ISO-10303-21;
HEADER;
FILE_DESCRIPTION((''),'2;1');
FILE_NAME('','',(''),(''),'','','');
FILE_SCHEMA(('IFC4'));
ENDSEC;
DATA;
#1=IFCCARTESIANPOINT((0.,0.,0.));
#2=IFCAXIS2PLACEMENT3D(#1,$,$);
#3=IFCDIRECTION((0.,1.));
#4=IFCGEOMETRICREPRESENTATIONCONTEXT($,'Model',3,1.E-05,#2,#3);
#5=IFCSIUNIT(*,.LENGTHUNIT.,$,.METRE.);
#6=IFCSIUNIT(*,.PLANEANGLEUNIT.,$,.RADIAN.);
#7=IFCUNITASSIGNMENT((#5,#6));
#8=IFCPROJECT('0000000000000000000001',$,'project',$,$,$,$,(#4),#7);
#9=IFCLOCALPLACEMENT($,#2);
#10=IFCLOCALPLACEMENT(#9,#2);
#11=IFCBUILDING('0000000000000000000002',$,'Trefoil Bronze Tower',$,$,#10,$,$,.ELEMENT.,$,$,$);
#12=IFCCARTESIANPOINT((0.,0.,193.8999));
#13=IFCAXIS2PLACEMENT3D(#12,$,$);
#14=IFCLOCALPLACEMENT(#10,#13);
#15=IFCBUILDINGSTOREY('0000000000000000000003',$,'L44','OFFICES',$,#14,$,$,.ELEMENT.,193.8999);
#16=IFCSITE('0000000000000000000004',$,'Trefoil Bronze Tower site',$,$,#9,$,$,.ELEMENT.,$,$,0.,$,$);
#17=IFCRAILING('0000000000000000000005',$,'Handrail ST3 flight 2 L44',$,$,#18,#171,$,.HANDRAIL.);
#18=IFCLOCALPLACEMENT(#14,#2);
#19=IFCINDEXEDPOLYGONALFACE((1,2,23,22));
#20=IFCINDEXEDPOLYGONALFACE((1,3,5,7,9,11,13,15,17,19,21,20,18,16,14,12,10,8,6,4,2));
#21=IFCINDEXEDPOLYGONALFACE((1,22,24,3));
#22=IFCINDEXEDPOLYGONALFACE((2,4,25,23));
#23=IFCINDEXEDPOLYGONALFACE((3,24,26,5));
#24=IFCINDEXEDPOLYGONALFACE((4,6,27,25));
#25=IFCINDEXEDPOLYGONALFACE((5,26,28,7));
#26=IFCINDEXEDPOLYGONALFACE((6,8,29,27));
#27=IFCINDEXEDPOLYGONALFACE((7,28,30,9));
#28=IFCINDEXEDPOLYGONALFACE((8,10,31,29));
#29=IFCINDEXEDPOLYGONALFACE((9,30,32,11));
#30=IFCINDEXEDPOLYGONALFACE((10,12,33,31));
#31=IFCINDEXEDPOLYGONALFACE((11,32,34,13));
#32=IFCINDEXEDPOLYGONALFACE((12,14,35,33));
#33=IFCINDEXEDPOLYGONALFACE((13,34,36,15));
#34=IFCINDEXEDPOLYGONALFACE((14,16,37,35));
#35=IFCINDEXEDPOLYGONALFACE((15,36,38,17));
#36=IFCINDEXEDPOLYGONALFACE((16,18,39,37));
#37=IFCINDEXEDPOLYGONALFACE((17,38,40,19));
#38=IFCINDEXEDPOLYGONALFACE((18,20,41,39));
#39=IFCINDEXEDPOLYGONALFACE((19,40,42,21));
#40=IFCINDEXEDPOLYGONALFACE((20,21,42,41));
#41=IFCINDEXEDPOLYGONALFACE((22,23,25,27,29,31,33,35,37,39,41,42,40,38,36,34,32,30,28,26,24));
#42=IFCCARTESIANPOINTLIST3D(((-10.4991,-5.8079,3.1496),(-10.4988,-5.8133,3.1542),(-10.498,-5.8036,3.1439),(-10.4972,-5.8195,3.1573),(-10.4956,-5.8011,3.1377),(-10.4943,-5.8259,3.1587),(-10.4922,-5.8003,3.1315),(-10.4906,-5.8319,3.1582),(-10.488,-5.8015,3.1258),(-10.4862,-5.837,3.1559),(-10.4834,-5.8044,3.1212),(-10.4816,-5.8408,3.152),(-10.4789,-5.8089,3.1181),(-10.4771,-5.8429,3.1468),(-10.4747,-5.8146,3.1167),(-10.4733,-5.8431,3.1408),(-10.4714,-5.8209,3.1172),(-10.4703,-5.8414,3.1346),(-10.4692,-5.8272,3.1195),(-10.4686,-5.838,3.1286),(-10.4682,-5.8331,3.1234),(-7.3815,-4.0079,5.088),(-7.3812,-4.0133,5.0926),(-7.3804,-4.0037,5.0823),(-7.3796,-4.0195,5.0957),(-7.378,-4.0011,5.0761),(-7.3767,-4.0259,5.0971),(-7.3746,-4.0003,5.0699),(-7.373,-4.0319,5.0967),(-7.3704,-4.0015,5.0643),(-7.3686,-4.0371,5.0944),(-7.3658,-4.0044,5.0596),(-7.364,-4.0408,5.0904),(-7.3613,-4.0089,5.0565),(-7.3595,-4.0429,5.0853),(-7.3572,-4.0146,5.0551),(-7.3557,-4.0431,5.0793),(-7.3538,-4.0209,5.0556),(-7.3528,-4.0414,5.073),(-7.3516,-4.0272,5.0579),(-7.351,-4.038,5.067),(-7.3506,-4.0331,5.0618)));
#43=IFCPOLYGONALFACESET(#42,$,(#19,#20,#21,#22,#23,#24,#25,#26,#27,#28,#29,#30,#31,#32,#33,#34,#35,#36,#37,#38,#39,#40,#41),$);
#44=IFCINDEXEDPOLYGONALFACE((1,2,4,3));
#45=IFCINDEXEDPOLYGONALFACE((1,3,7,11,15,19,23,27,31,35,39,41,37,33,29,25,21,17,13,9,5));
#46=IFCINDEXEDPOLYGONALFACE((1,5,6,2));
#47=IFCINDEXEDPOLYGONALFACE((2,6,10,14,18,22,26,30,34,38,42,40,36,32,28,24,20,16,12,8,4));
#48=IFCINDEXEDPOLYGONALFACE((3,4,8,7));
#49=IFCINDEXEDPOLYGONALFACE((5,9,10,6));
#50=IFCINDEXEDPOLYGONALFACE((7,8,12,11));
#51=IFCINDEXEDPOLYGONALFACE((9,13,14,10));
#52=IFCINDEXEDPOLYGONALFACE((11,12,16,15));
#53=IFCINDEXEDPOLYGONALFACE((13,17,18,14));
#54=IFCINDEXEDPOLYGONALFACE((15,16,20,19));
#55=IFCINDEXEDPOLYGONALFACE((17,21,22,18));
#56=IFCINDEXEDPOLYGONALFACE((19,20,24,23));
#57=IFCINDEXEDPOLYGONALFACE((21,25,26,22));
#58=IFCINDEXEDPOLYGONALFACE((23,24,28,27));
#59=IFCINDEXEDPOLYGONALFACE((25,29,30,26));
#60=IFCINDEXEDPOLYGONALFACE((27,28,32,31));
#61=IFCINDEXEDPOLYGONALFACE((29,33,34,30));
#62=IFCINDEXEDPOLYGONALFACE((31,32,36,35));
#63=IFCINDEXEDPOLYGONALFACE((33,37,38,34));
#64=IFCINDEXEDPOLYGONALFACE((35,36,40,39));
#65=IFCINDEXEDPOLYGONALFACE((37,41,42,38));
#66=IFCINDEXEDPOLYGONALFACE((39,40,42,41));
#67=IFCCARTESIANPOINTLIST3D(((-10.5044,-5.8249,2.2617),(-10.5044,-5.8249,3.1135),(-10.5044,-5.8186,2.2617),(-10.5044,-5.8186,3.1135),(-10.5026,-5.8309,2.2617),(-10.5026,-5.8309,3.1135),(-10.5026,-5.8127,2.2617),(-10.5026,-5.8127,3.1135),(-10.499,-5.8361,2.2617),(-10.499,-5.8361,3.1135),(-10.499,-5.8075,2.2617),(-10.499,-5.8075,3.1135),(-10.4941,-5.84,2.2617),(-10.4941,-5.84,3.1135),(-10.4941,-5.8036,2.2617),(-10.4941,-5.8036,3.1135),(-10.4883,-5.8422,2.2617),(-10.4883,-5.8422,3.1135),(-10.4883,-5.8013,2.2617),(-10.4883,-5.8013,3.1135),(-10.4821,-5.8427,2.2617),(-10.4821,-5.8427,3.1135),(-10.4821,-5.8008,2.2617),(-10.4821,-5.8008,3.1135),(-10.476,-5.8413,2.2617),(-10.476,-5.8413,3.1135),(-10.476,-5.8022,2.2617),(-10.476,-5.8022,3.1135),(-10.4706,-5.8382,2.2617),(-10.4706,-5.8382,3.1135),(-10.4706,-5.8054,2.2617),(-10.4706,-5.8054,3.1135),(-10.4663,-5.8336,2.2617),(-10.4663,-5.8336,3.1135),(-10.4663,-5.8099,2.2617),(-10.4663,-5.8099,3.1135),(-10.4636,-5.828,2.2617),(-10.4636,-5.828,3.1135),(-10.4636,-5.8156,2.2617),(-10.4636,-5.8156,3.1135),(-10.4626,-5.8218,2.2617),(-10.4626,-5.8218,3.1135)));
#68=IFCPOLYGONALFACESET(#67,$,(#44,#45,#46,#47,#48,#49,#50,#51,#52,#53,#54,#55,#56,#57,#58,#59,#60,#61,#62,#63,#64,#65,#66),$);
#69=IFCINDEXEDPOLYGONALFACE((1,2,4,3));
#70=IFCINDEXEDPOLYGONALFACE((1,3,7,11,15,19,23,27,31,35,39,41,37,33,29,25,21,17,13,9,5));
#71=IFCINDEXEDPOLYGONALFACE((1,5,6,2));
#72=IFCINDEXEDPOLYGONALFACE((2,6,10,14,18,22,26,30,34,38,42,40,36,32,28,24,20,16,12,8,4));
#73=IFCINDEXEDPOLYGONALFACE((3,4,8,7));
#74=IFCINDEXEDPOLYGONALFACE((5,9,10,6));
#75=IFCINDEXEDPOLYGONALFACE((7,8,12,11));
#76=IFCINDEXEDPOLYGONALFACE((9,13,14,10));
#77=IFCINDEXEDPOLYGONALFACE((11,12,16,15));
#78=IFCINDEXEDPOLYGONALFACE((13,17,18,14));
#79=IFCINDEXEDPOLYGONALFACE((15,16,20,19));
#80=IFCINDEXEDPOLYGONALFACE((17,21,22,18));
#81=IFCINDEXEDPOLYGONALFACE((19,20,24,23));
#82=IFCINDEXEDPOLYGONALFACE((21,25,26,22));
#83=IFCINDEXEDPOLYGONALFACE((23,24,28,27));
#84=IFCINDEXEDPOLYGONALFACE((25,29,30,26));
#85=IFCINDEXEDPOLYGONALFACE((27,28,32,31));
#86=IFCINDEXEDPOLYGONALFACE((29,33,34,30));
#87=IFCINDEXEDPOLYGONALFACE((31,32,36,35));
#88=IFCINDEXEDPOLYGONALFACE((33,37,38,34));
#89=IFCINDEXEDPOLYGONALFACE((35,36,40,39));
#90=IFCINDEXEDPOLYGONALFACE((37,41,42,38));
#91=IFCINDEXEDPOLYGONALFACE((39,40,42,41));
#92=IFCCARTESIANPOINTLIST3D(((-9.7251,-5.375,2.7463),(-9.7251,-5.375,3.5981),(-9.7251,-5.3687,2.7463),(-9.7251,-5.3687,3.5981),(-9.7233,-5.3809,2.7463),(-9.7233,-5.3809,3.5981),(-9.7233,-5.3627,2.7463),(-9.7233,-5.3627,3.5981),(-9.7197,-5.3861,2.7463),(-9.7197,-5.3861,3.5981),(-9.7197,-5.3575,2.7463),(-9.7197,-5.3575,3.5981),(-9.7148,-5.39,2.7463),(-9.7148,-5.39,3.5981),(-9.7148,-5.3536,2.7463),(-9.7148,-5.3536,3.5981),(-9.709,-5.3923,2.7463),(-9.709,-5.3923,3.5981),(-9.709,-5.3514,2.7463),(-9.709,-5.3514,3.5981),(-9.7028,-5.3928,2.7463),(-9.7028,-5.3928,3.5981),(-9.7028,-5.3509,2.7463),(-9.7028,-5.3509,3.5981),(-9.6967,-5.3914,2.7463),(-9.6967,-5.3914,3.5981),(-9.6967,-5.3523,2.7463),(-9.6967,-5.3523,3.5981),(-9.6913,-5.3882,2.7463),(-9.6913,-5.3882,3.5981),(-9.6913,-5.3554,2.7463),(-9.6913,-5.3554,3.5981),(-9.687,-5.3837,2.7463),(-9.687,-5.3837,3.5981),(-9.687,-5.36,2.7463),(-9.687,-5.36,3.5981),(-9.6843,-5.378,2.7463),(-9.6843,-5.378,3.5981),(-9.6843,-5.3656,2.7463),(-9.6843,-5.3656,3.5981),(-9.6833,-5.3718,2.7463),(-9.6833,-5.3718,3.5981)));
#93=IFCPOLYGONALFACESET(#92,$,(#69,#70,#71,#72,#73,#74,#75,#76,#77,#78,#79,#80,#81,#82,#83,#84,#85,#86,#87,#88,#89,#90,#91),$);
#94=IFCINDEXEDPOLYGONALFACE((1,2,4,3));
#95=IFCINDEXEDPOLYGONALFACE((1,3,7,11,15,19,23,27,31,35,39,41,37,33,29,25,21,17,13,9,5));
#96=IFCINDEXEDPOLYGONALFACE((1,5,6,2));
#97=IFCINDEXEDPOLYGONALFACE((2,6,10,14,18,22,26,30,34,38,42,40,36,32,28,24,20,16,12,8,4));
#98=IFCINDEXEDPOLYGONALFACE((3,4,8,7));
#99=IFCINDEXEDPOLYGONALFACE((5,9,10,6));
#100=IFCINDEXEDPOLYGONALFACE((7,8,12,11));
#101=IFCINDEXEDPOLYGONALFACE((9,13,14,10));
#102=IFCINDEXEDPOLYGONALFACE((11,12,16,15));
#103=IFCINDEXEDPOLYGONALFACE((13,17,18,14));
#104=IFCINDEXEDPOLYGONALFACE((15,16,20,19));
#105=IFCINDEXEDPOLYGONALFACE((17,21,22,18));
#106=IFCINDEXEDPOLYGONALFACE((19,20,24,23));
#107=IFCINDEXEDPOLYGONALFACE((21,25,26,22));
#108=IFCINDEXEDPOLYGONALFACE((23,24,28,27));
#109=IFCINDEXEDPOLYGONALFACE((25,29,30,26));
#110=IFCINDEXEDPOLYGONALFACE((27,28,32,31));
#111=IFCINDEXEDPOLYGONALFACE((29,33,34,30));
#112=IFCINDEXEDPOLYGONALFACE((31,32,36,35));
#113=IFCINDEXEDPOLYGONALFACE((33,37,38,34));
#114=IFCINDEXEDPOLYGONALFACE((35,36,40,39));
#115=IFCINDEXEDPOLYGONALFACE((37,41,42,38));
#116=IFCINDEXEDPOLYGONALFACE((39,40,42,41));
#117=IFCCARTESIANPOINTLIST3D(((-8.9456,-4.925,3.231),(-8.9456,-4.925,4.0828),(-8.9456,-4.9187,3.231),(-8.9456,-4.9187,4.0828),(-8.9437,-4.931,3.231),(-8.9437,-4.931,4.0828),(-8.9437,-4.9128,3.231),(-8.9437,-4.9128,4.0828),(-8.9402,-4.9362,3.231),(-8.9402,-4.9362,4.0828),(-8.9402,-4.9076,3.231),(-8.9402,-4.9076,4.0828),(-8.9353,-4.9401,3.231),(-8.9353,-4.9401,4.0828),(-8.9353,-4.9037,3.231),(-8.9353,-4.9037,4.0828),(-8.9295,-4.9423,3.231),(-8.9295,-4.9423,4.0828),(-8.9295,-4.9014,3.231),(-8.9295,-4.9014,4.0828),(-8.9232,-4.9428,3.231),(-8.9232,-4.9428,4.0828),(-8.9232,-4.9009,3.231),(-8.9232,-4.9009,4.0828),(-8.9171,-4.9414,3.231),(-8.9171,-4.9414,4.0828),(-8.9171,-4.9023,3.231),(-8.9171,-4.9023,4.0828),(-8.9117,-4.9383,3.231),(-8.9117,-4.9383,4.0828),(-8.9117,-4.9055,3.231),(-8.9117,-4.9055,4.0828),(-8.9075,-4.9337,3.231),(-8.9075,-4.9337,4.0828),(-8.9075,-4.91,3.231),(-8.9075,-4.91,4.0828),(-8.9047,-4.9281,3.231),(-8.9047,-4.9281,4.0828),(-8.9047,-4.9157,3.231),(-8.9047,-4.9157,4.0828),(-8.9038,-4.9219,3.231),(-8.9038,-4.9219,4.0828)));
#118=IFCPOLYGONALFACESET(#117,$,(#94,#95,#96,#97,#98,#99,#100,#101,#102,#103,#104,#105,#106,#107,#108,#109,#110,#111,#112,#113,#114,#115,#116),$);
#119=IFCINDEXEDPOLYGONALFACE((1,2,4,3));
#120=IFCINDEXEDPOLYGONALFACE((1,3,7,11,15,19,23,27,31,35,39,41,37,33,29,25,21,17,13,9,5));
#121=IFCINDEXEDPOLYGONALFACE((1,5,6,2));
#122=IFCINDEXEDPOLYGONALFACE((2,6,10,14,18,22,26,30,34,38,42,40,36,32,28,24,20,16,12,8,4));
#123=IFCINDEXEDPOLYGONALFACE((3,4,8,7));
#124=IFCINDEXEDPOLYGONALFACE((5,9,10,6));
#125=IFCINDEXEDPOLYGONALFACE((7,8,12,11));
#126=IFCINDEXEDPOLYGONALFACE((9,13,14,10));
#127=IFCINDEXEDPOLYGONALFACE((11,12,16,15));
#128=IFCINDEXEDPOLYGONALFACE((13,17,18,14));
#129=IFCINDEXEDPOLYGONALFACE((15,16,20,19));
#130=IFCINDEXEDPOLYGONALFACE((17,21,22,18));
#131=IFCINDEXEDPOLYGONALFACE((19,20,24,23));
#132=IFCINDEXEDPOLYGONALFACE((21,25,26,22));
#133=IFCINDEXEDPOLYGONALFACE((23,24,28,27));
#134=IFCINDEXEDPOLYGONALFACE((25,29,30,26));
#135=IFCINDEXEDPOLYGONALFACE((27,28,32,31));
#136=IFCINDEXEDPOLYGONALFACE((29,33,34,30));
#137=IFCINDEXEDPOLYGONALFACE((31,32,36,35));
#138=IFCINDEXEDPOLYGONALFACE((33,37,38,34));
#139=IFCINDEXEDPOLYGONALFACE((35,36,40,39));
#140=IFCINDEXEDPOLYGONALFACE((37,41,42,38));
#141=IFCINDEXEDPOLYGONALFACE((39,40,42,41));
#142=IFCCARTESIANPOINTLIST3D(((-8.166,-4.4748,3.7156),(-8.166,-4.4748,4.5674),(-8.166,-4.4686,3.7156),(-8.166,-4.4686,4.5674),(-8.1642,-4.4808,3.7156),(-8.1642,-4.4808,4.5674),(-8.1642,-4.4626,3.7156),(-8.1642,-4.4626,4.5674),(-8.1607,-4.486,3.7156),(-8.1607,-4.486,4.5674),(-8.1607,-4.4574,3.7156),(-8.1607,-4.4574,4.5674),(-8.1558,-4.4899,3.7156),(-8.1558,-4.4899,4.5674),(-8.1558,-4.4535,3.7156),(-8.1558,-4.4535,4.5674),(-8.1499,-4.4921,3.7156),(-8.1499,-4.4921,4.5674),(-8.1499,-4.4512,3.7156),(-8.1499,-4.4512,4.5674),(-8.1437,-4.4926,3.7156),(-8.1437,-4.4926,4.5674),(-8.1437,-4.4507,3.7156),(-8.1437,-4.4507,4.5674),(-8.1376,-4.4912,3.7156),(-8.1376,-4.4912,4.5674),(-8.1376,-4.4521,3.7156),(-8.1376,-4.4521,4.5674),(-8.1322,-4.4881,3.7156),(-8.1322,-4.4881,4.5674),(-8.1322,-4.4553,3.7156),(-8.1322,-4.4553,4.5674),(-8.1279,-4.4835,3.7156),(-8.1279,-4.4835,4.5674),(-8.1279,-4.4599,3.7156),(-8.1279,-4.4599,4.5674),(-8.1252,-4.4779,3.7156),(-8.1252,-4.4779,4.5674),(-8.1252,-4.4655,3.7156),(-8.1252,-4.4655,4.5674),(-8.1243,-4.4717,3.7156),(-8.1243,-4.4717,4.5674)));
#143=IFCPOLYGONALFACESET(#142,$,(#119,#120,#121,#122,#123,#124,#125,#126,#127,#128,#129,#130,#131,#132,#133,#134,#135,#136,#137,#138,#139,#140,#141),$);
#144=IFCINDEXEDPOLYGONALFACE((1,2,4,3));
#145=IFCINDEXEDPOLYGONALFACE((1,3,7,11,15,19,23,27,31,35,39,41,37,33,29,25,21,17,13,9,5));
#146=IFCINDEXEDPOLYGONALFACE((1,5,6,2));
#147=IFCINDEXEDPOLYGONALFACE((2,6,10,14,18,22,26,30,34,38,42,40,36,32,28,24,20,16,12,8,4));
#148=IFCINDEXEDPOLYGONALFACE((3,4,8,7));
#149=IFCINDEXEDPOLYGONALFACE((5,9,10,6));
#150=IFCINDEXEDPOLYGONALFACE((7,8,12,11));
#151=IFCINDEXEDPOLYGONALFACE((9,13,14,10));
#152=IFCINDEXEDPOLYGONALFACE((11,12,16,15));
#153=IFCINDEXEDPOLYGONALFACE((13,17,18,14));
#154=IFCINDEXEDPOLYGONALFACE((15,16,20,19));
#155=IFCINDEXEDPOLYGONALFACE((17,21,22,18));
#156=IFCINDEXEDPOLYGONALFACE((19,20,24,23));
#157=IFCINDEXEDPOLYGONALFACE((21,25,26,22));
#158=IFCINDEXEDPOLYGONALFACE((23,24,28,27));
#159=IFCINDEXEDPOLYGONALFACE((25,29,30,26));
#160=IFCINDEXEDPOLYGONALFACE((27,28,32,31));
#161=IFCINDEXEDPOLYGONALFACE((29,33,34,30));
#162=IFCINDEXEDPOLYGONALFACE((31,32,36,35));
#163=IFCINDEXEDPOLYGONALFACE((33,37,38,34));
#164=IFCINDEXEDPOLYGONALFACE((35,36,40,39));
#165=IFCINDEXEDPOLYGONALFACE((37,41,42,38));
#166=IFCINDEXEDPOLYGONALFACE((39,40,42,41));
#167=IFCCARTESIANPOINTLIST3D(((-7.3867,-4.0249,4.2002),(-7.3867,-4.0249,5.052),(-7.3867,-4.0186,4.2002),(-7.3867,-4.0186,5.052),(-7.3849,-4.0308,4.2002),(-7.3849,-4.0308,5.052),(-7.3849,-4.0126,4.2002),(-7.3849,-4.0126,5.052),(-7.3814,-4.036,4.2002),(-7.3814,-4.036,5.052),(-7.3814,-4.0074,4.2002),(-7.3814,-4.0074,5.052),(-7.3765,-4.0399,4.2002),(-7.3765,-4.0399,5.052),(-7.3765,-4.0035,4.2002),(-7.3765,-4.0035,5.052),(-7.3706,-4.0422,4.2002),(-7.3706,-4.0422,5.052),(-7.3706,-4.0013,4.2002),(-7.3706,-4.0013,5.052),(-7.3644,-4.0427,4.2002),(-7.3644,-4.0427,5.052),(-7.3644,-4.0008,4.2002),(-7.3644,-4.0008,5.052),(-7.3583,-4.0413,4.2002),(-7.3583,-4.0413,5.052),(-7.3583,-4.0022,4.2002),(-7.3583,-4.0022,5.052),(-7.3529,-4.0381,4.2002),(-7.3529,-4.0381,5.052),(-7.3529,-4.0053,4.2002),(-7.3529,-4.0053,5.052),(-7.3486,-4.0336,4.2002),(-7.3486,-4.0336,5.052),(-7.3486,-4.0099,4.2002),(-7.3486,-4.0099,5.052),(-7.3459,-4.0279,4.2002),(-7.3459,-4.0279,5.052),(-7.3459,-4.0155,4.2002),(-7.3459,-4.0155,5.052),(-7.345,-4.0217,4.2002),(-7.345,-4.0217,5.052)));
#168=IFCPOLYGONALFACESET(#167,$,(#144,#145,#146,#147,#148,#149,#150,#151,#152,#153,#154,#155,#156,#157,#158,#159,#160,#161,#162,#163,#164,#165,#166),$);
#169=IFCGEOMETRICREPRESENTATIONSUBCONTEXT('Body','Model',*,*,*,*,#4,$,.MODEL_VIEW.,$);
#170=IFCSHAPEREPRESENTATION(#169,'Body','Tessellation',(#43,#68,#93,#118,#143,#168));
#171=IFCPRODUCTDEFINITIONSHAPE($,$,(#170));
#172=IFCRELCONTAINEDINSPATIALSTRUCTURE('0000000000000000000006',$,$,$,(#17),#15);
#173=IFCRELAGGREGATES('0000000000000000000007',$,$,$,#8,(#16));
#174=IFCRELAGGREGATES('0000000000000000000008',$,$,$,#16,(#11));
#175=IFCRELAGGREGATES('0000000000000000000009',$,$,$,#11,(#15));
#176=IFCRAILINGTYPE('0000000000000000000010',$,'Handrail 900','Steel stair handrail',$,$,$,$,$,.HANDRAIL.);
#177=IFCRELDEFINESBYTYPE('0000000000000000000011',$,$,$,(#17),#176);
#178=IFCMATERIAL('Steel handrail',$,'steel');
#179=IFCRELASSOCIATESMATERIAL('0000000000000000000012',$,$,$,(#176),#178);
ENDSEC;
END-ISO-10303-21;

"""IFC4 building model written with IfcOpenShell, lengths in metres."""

from ifc_helpers import new_model, si_unit, direction, frame, origin, origin_2d, place, context, subcontext, project, spatial, circle, extrude, material, type_object, element, save


model = new_model("IFC4")

# Units and contexts
model_context = context("Model", 3, precision=1e-05, world=origin(), true_north=direction((0.0, 1.0)))
body_context = subcontext(model_context, "Body", "Model", "MODEL_VIEW")
ifc_project = project(units=[si_unit("LENGTHUNIT", "METRE"), si_unit("PLANEANGLEUNIT", "RADIAN")], contexts=[model_context])

# Site, building, storey
site_placement = place(None, origin())
site = spatial("IfcSite", under=ifc_project, at=site_placement, Name="Trefoil Bronze Tower site", CompositionType="ELEMENT", RefElevation=0.0)
building_placement = place(site_placement, origin())
building = spatial("IfcBuilding", under=site, at=building_placement, Name="Trefoil Bronze Tower", CompositionType="ELEMENT")
storey_placement = place(building_placement, frame((0.0, 0.0, 193.8999)))
storey = spatial("IfcBuildingStorey", under=building, at=storey_placement, Name="L44", Description="OFFICES", CompositionType="ELEMENT", Elevation=193.8999)

# Railing
ifc_material_1 = material(Name="Steel handrail", Category="steel")
railing_type = type_object("IfcRailingType", Name="Handrail 900", Description="Steel stair handrail", PredefinedType="HANDRAIL", material=ifc_material_1)
railing_1_placement = place(storey_placement, frame((-10.4836, -5.8218, 2.2617)))
element("IfcRailing", 1, at=railing_1_placement, inside=storey, type_object=railing_type, Name="Handrail ST3 flight 2 L44", PredefinedType="HANDRAIL", context=body_context, shape_type="SweptSolid", body=[
    extrude(circle(Radius=0.0239, at=origin_2d()), frame((0.0, 0.0, 0.876), z_axis=(0.762503, 0.440246, 0.474102), x_axis=(-0.500012, 0.866018, 0.0)), (0.0, 0.0, 1.0), 4.0886),
    extrude(circle(Radius=0.021, at=origin_2d()), origin(), (0.0, 0.0, 1.0), 0.8518),
    extrude(circle(Radius=0.021, at=origin_2d()), frame((0.7793, 0.45, 0.4846)), (0.0, 0.0, 1.0), 0.8518),
    extrude(circle(Radius=0.021, at=origin_2d()), frame((1.5588, 0.8999, 0.9692)), (0.0, 0.0, 1.0), 0.8518),
    extrude(circle(Radius=0.021, at=origin_2d()), frame((2.3384, 1.3501, 1.4539)), (0.0, 0.0, 1.0), 0.8518),
    extrude(circle(Radius=0.021, at=origin_2d()), frame((3.1177, 1.8, 1.9385)), (0.0, 0.0, 1.0), 0.8518),
])

save(model, "model.ifc")
